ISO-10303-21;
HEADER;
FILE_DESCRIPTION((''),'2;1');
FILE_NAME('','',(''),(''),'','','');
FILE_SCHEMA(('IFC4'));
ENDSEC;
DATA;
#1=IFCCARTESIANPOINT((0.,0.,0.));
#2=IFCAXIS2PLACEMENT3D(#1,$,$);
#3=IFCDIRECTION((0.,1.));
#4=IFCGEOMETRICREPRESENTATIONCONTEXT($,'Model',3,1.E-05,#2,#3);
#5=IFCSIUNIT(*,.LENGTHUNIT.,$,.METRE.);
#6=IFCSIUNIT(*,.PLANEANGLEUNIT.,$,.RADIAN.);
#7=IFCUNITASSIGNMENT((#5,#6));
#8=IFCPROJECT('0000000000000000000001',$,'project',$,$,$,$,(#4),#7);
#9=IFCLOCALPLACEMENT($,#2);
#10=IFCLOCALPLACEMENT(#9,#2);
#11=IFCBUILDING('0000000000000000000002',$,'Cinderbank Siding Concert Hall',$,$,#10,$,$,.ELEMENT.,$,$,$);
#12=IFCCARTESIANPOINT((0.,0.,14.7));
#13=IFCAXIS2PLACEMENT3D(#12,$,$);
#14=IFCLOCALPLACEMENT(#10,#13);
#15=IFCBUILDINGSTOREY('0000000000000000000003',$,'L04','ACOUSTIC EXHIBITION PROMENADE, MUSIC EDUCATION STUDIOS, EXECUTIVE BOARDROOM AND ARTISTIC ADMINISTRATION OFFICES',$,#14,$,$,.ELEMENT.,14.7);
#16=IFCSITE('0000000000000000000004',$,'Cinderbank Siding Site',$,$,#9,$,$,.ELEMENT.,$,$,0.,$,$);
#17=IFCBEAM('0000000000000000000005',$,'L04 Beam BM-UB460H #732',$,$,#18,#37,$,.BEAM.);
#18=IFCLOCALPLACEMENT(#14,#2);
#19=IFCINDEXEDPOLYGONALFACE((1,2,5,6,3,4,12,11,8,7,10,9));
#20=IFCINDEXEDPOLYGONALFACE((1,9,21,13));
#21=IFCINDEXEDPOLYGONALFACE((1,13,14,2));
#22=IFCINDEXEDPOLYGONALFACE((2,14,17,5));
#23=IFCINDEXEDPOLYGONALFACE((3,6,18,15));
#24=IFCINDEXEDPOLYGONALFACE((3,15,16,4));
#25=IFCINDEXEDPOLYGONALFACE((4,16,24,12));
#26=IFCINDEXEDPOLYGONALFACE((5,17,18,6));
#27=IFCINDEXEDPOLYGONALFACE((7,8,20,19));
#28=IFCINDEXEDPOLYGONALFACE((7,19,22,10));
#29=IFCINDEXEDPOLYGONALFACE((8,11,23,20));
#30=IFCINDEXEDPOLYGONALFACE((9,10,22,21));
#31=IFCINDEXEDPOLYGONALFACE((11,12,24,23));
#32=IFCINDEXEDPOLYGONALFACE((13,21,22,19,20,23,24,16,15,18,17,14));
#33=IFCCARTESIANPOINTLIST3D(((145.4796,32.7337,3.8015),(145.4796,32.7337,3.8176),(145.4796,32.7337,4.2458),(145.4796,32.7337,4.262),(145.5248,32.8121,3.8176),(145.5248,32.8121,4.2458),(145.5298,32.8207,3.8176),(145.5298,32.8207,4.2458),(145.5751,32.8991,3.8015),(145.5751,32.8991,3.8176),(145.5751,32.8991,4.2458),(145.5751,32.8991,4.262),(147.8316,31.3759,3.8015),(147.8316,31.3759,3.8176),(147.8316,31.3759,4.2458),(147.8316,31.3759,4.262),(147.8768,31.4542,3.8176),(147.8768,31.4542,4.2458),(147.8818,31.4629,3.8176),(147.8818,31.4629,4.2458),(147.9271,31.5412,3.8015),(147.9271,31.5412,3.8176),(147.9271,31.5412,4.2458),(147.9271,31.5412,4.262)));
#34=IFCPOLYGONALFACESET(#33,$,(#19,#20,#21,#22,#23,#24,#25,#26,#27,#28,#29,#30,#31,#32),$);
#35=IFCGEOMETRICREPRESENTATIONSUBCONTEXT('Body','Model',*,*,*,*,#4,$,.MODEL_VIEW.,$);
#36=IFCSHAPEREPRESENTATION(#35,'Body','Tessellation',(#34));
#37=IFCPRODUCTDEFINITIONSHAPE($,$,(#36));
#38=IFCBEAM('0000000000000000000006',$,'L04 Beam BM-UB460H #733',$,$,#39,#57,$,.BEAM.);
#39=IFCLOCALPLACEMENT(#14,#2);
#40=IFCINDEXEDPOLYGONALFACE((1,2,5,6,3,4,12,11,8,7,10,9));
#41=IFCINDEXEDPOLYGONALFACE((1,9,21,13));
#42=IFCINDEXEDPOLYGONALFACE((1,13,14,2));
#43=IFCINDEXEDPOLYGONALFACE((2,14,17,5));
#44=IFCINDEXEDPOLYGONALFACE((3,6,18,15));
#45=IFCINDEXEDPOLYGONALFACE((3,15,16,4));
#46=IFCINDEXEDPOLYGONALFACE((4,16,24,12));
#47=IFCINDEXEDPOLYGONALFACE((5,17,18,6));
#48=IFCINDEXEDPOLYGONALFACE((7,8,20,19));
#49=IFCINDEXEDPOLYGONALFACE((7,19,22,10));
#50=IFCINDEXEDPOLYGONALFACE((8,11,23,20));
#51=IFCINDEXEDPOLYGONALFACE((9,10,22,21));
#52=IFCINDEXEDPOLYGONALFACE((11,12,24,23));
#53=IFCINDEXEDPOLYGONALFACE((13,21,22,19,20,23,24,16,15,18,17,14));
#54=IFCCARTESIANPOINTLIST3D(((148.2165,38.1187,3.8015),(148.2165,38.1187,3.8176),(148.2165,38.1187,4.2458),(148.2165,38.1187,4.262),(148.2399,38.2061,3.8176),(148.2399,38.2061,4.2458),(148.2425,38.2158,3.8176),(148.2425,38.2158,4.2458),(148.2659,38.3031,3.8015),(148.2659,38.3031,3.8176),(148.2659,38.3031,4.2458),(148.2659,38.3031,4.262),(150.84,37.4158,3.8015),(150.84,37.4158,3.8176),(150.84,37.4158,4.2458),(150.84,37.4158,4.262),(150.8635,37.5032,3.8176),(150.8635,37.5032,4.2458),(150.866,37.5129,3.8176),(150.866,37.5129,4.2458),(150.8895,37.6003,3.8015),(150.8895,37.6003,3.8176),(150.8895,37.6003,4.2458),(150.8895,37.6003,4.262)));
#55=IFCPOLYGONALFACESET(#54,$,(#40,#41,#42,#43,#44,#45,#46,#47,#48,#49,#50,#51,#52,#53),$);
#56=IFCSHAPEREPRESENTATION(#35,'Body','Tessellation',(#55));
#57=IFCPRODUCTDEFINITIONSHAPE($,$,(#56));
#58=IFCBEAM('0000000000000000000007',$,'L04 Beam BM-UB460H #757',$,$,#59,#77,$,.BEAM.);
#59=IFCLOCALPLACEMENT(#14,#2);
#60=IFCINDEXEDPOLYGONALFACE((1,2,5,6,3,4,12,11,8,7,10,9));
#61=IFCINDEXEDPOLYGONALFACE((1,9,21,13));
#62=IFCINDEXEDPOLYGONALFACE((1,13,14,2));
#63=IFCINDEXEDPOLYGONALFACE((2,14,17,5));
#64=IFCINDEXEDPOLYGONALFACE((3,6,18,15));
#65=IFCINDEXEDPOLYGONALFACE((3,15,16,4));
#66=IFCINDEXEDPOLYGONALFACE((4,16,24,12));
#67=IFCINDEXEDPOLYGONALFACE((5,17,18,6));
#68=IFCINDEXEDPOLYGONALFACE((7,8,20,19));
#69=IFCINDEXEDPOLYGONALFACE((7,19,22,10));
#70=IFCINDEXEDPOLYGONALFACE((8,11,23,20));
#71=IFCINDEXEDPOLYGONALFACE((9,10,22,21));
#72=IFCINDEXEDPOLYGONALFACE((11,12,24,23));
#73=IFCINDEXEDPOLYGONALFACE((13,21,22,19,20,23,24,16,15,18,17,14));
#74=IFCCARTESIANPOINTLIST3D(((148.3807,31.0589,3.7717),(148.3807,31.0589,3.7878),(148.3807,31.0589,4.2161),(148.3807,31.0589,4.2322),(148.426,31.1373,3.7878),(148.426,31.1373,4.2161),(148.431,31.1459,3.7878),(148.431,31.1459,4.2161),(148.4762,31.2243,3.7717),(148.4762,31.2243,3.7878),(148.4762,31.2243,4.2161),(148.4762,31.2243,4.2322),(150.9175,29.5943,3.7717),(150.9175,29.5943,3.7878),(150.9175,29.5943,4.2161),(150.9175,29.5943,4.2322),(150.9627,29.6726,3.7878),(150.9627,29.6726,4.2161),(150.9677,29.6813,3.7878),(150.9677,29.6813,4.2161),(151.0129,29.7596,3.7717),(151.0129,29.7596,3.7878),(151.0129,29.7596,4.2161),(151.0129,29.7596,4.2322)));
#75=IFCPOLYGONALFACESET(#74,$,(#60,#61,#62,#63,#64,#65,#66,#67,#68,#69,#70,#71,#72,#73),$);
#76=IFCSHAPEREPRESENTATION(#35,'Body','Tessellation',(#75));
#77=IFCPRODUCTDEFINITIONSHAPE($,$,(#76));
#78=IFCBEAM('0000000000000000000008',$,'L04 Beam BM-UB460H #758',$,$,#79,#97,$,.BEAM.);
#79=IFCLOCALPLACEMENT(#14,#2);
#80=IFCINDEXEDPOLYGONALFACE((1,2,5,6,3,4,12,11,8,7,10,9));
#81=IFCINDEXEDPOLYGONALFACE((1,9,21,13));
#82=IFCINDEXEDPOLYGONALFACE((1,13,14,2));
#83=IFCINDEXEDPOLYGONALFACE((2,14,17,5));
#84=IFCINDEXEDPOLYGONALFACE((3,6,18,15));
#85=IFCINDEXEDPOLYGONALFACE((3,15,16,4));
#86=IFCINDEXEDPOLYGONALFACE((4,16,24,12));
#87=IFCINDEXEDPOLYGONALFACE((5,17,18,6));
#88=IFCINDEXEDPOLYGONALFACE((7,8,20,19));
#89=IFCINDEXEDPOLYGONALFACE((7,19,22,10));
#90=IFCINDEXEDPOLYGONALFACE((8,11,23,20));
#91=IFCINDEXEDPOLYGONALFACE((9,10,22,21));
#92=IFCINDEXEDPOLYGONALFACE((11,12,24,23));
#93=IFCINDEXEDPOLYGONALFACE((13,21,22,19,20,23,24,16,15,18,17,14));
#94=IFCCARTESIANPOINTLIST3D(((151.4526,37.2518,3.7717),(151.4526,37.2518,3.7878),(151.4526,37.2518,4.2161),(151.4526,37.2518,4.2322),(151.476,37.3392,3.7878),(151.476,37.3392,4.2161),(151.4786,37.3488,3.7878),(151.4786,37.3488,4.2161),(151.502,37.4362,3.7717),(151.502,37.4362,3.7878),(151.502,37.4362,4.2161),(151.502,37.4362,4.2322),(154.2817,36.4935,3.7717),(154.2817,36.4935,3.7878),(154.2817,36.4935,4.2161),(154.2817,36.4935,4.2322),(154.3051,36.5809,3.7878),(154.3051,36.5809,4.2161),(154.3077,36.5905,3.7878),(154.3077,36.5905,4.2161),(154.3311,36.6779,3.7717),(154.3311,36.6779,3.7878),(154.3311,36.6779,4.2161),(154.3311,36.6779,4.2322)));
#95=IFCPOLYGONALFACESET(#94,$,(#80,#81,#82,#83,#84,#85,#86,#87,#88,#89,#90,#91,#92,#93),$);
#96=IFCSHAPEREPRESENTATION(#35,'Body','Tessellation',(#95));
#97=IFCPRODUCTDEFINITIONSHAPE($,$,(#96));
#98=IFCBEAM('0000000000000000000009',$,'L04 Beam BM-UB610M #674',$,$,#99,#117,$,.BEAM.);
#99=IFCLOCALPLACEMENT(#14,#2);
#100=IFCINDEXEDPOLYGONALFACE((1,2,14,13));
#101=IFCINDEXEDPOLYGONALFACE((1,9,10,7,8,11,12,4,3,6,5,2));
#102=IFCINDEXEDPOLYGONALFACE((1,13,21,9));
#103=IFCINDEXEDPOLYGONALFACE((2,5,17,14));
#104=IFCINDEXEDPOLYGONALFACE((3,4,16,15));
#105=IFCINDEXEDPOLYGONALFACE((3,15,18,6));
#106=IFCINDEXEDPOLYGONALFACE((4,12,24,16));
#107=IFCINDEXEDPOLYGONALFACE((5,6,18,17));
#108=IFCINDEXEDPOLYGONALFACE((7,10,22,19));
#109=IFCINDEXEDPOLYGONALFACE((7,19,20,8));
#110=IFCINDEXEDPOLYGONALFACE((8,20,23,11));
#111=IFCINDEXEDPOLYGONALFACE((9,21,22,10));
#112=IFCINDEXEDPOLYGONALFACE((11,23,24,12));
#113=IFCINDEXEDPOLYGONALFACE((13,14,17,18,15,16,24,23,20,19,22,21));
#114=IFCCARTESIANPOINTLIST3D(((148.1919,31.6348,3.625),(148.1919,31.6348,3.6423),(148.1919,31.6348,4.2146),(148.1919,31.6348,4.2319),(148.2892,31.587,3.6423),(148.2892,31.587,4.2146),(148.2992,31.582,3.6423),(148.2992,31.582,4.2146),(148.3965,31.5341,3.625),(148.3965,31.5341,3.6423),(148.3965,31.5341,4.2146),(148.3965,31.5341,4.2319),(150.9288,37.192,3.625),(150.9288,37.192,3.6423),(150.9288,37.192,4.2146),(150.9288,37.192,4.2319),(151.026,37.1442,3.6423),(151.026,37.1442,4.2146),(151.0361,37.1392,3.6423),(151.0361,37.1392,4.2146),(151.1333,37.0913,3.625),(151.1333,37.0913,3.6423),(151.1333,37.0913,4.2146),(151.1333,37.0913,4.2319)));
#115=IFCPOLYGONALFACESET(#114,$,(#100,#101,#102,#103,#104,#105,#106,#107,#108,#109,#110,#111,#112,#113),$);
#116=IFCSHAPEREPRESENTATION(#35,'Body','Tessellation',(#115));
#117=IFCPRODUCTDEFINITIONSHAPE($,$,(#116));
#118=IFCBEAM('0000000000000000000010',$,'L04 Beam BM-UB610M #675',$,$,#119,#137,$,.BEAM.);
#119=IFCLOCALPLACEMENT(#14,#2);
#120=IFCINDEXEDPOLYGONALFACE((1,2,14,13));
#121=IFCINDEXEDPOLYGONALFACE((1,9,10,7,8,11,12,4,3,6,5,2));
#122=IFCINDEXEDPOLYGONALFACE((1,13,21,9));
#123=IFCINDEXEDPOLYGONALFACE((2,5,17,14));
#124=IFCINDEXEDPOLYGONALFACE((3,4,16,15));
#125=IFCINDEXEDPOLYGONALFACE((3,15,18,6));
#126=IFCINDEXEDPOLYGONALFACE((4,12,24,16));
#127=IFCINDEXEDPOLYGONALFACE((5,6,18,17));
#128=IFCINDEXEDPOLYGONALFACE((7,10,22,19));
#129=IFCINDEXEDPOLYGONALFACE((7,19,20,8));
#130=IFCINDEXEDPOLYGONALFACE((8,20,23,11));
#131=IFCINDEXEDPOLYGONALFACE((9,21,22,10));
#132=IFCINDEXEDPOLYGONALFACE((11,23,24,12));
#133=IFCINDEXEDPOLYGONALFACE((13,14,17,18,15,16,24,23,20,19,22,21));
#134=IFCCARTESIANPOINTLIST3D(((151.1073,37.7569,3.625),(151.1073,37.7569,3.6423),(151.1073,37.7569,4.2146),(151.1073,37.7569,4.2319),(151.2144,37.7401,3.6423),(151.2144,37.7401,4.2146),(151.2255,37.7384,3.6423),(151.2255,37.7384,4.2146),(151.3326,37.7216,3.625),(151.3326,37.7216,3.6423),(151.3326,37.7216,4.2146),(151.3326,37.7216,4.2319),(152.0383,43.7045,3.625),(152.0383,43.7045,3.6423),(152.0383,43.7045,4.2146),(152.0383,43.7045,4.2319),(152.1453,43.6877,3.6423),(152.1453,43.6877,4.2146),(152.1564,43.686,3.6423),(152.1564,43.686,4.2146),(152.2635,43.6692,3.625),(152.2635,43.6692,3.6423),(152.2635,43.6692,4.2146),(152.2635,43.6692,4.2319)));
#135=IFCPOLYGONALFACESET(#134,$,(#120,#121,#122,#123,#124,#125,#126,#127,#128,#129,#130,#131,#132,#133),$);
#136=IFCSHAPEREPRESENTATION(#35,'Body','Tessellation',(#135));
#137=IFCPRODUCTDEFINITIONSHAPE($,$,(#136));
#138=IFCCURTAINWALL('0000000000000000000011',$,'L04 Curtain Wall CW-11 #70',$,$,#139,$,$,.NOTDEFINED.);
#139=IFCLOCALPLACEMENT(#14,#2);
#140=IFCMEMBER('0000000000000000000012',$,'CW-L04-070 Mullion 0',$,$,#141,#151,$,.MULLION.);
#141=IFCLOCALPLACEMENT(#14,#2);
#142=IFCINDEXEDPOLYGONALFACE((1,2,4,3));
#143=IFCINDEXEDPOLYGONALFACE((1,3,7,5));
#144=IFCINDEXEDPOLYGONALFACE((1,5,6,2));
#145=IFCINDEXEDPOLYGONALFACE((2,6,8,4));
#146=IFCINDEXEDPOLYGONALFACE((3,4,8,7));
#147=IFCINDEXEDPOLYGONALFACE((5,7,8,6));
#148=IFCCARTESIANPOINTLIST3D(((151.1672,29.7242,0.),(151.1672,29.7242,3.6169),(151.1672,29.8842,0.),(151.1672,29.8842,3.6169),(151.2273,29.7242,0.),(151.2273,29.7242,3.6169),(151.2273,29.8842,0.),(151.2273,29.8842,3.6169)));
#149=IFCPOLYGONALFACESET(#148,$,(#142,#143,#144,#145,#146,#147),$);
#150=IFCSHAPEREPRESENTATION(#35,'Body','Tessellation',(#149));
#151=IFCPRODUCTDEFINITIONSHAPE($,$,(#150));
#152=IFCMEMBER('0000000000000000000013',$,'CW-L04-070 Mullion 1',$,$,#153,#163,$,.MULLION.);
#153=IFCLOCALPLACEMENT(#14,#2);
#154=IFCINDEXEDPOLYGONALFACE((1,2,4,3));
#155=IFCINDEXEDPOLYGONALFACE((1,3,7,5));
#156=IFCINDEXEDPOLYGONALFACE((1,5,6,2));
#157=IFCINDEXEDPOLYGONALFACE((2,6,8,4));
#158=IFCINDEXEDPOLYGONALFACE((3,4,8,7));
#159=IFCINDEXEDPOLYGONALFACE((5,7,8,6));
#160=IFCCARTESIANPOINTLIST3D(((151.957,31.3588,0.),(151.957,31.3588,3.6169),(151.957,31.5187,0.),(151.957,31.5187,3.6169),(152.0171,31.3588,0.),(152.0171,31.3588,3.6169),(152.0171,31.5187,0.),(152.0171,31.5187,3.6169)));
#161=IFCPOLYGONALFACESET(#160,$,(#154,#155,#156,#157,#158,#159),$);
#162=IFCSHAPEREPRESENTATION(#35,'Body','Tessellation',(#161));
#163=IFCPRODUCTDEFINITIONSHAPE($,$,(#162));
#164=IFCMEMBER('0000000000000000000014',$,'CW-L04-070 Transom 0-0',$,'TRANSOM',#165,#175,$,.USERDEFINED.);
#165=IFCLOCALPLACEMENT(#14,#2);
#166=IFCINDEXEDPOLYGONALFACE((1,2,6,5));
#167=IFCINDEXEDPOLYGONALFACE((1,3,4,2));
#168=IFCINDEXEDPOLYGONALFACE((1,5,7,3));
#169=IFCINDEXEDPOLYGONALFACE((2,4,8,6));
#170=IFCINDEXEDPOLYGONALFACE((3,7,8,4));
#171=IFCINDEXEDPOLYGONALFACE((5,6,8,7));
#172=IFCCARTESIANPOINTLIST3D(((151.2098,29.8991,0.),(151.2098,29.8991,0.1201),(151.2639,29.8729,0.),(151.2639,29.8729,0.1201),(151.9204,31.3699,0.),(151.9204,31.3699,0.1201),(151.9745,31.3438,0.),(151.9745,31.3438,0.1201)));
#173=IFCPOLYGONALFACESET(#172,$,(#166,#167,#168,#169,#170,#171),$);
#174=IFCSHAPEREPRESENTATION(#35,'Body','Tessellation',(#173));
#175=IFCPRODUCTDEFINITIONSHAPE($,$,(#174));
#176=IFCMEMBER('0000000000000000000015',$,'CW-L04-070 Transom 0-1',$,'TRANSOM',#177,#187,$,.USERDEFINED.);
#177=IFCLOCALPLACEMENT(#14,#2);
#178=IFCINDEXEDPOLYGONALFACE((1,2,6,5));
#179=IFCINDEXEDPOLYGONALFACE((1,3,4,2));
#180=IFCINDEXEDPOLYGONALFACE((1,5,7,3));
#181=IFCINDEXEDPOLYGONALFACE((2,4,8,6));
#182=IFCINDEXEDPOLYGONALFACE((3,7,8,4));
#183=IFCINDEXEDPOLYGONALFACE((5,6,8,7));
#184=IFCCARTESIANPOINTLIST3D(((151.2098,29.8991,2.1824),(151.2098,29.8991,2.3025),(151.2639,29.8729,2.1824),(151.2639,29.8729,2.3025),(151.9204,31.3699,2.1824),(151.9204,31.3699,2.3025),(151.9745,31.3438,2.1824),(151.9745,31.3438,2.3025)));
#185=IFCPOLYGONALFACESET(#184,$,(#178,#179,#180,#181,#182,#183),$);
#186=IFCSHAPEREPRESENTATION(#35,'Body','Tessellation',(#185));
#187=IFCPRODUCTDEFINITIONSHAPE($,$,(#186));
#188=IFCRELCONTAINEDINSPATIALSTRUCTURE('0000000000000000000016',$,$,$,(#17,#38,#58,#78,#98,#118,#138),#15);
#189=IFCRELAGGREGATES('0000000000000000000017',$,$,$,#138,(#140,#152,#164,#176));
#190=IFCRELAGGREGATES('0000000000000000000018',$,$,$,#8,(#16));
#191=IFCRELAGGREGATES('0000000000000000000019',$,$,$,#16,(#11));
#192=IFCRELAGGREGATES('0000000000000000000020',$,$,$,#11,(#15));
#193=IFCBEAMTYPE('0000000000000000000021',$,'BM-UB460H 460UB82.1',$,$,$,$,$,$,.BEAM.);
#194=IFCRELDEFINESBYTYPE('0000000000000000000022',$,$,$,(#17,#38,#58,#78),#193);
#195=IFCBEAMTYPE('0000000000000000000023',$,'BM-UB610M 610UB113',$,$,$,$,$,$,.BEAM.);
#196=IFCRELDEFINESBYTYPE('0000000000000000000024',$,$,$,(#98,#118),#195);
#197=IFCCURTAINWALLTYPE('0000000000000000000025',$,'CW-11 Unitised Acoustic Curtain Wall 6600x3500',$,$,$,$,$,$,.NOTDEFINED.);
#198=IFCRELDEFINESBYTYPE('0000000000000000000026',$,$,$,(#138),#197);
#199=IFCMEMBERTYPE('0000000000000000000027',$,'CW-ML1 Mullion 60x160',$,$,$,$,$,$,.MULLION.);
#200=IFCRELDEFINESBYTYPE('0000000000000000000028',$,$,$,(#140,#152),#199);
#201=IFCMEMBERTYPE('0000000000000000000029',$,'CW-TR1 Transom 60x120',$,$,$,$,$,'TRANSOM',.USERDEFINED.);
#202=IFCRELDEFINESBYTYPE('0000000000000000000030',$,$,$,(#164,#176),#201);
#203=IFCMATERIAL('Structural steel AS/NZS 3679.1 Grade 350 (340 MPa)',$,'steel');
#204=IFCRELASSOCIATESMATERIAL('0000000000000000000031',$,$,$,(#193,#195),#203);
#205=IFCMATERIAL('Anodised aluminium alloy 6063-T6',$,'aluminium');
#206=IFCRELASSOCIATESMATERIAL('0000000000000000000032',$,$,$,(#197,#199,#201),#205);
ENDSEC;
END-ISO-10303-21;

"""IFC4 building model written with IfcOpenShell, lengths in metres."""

from ifc_helpers import new_model, si_unit, direction, frame, origin, origin_2d, place, context, subcontext, project, spatial, rectangle, i_section, extrude, material, material_profile, profile_set, type_object, element, aggregate, save


model = new_model("IFC4")

# Units and contexts
model_context = context("Model", 3, precision=1e-05, world=origin(), true_north=direction((0.0, 1.0)))
body_context = subcontext(model_context, "Body", "Model", "MODEL_VIEW")
ifc_project = project(units=[si_unit("LENGTHUNIT", "METRE"), si_unit("PLANEANGLEUNIT", "RADIAN")], contexts=[model_context])

# Site, building, storey
site_placement = place(None, origin())
site = spatial("IfcSite", under=ifc_project, at=site_placement, Name="Cinderbank Siding Site", CompositionType="ELEMENT", RefElevation=0.0)
building_placement = place(site_placement, origin())
building = spatial("IfcBuilding", under=site, at=building_placement, Name="Cinderbank Siding Concert Hall", CompositionType="ELEMENT")
storey_placement = place(building_placement, frame((0.0, 0.0, 14.7)))
storey = spatial("IfcBuildingStorey", under=building, at=storey_placement, Name="L04", Description="ACOUSTIC EXHIBITION PROMENADE, MUSIC EDUCATION STUDIOS, EXECUTIVE BOARDROOM AND ARTISTIC ADMINISTRATION OFFICES", CompositionType="ELEMENT", Elevation=14.7)

# Beams
ifc_material_1 = material(Name="Structural steel AS/NZS 3679.1 Grade 350 (340 MPa)", Category="steel")
ifc_material_profile_1 = material_profile(ifc_material_1, i_section(OverallWidth=0.1909, OverallDepth=0.4604, WebThickness=0.01, FlangeThickness=0.0161, at=origin_2d()), Name="460UB82.1", Category="LoadBearing")
ifc_profile_set_1 = profile_set([ifc_material_profile_1], Name="Structural steel AS/NZS 3679.1 Grade 350 (340 MPa)")
beam_type_1 = type_object("IfcBeamType", Name="BM-UB460H 460UB82.1", PredefinedType="BEAM", material=ifc_profile_set_1)
beam_1_placement = place(storey_placement, frame((145.5273, 32.8164, 4.0317), z_axis=(0.866033, -0.499987, 0.0), x_axis=(0.499987, 0.866033, 0.0)))
element("IfcBeam", 1, at=beam_1_placement, inside=storey, type_object=beam_type_1, Name="L04 Beam BM-UB460H #732", PredefinedType="BEAM", context=body_context, shape_type="SweptSolid", body=[
    extrude(i_section(OverallWidth=0.1909, OverallDepth=0.4604, WebThickness=0.01, FlangeThickness=0.0161, at=origin_2d()), origin(), (0.0, 0.0, 1.0), 2.7158),
])
beam_2_placement = place(storey_placement, frame((148.2412, 38.2109, 4.0317), z_axis=(0.965934, -0.258787, 0.0), x_axis=(0.258787, 0.965934, 0.0)))
element("IfcBeam", 2, at=beam_2_placement, inside=storey, type_object=beam_type_1, Name="L04 Beam BM-UB460H #733", PredefinedType="BEAM", context=body_context, shape_type="SweptSolid", body=[
    extrude(i_section(OverallWidth=0.1909, OverallDepth=0.4604, WebThickness=0.01, FlangeThickness=0.0161, at=origin_2d()), origin(), (0.0, 0.0, 1.0), 2.7161),
])
beam_3_placement = place(storey_placement, frame((148.4285, 31.1416, 4.002), z_axis=(0.866013, -0.500021, 0.0), x_axis=(0.500021, 0.866013, 0.0)))
element("IfcBeam", 3, at=beam_3_placement, inside=storey, type_object=beam_type_1, Name="L04 Beam BM-UB460H #757", PredefinedType="BEAM", context=body_context, shape_type="SweptSolid", body=[
    extrude(i_section(OverallWidth=0.1909, OverallDepth=0.4604, WebThickness=0.01, FlangeThickness=0.0161, at=origin_2d()), origin(), (0.0, 0.0, 1.0), 2.9292),
])
beam_4_placement = place(storey_placement, frame((151.4773, 37.344, 4.002), z_axis=(0.965905, -0.258897, 0.0), x_axis=(0.258897, 0.965905, 0.0)))
element("IfcBeam", 4, at=beam_4_placement, inside=storey, type_object=beam_type_1, Name="L04 Beam BM-UB460H #758", PredefinedType="BEAM", context=body_context, shape_type="SweptSolid", body=[
    extrude(i_section(OverallWidth=0.1909, OverallDepth=0.4604, WebThickness=0.01, FlangeThickness=0.0161, at=origin_2d()), origin(), (0.0, 0.0, 1.0), 2.929),
])
ifc_material_profile_2 = material_profile(ifc_material_1, i_section(OverallWidth=0.228, OverallDepth=0.6069, WebThickness=0.0112, FlangeThickness=0.0173, at=origin_2d()), Name="610UB113", Category="LoadBearing")
ifc_profile_set_2 = profile_set([ifc_material_profile_2], Name="Structural steel AS/NZS 3679.1 Grade 350 (340 MPa)")
beam_type_2 = type_object("IfcBeamType", Name="BM-UB610M 610UB113", PredefinedType="BEAM", material=ifc_profile_set_2)
beam_5_placement = place(storey_placement, frame((148.2942, 31.5845, 3.9285), z_axis=(0.441814, 0.897107, 0.0), x_axis=(-0.897107, 0.441814, 0.0)))
element("IfcBeam", 5, at=beam_5_placement, inside=storey, type_object=beam_type_2, Name="L04 Beam BM-UB610M #674", PredefinedType="BEAM", context=body_context, shape_type="SweptSolid", body=[
    extrude(i_section(OverallWidth=0.228, OverallDepth=0.6069, WebThickness=0.0112, FlangeThickness=0.0173, at=origin_2d()), origin(), (0.0, 0.0, 1.0), 6.1946),
])
beam_6_placement = place(storey_placement, frame((151.22, 37.7393, 3.9285), z_axis=(0.154638, 0.987971, 0.0), x_axis=(-0.987971, 0.154638, 0.0)))
element("IfcBeam", 6, at=beam_6_placement, inside=storey, type_object=beam_type_2, Name="L04 Beam BM-UB610M #675", PredefinedType="BEAM", context=body_context, shape_type="SweptSolid", body=[
    extrude(i_section(OverallWidth=0.228, OverallDepth=0.6069, WebThickness=0.0112, FlangeThickness=0.0173, at=origin_2d()), origin(), (0.0, 0.0, 1.0), 6.02),
])

# Curtain wall, members
ifc_material_2 = material(Name="Anodised aluminium alloy 6063-T6", Category="aluminium")
curtain_wall_type = type_object("IfcCurtainWallType", Name="CW-11 Unitised Acoustic Curtain Wall 6600x3500", PredefinedType="NOTDEFINED", material=ifc_material_2)
curtain_wall_placement = place(storey_placement, origin())
curtain_wall = element("IfcCurtainWall", 7, at=curtain_wall_placement, inside=storey, type_object=curtain_wall_type, Name="L04 Curtain Wall CW-11 #70", PredefinedType="NOTDEFINED")
ifc_material_profile_3 = material_profile(ifc_material_2, rectangle(XDim=0.0601, YDim=0.1599, at=origin_2d()), Name="ALU-MULL-60x160", Category="LoadBearing")
ifc_profile_set_3 = profile_set([ifc_material_profile_3], Name="Anodised aluminium alloy 6063-T6")
member_type_1 = type_object("IfcMemberType", Name="CW-ML1 Mullion 60x160", PredefinedType="MULLION", material=ifc_profile_set_3)
member_1_placement = place(storey_placement, frame((151.1973, 29.8042, 0.0), z_axis=(0.0, 0.0, 1.0), x_axis=(1.0, 0.0, 0.0)))
member_1 = element("IfcMember", 8, at=member_1_placement, type_object=member_type_1, Name="CW-L04-070 Mullion 0", PredefinedType="MULLION", context=body_context, shape_type="SweptSolid", body=[
    extrude(rectangle(XDim=0.0601, YDim=0.1599, at=origin_2d()), origin(), (0.0, 0.0, 1.0), 3.6169),
])
member_2_placement = place(storey_placement, frame((151.9871, 31.4387, 0.0), z_axis=(0.0, 0.0, 1.0), x_axis=(1.0, 0.0, 0.0)))
member_2 = element("IfcMember", 9, at=member_2_placement, type_object=member_type_1, Name="CW-L04-070 Mullion 1", PredefinedType="MULLION", context=body_context, shape_type="SweptSolid", body=[
    extrude(rectangle(XDim=0.0601, YDim=0.1599, at=origin_2d()), origin(), (0.0, 0.0, 1.0), 3.6169),
])
ifc_material_profile_4 = material_profile(ifc_material_2, rectangle(XDim=0.0601, YDim=0.1201, at=origin_2d()), Name="ALU-TRAN-60x120", Category="LoadBearing")
ifc_profile_set_4 = profile_set([ifc_material_profile_4], Name="Anodised aluminium alloy 6063-T6")
member_type_2 = type_object("IfcMemberType", Name="CW-TR1 Transom 60x120", ElementType="TRANSOM", PredefinedType="USERDEFINED", material=ifc_profile_set_4)
member_3_placement = place(storey_placement, frame((151.2368, 29.886, 0.0601), z_axis=(0.435037, 0.900412, 0.0), x_axis=(-0.900412, 0.435037, 0.0)))
member_3 = element("IfcMember", 10, at=member_3_placement, type_object=member_type_2, Name="CW-L04-070 Transom 0-0", ObjectType="TRANSOM", PredefinedType="USERDEFINED", context=body_context, shape_type="SweptSolid", body=[
    extrude(rectangle(XDim=0.0601, YDim=0.1201, at=origin_2d()), origin(), (0.0, 0.0, 1.0), 1.6335),
])
member_4_placement = place(storey_placement, frame((151.2368, 29.886, 2.2424), z_axis=(0.435037, 0.900412, 0.0), x_axis=(-0.900412, 0.435037, 0.0)))
member_4 = element("IfcMember", 11, at=member_4_placement, type_object=member_type_2, Name="CW-L04-070 Transom 0-1", ObjectType="TRANSOM", PredefinedType="USERDEFINED", context=body_context, shape_type="SweptSolid", body=[
    extrude(rectangle(XDim=0.0601, YDim=0.1201, at=origin_2d()), origin(), (0.0, 0.0, 1.0), 1.6335),
])

aggregate(curtain_wall, [member_1, member_2, member_3, member_4])

save(model, "model.ifc")
